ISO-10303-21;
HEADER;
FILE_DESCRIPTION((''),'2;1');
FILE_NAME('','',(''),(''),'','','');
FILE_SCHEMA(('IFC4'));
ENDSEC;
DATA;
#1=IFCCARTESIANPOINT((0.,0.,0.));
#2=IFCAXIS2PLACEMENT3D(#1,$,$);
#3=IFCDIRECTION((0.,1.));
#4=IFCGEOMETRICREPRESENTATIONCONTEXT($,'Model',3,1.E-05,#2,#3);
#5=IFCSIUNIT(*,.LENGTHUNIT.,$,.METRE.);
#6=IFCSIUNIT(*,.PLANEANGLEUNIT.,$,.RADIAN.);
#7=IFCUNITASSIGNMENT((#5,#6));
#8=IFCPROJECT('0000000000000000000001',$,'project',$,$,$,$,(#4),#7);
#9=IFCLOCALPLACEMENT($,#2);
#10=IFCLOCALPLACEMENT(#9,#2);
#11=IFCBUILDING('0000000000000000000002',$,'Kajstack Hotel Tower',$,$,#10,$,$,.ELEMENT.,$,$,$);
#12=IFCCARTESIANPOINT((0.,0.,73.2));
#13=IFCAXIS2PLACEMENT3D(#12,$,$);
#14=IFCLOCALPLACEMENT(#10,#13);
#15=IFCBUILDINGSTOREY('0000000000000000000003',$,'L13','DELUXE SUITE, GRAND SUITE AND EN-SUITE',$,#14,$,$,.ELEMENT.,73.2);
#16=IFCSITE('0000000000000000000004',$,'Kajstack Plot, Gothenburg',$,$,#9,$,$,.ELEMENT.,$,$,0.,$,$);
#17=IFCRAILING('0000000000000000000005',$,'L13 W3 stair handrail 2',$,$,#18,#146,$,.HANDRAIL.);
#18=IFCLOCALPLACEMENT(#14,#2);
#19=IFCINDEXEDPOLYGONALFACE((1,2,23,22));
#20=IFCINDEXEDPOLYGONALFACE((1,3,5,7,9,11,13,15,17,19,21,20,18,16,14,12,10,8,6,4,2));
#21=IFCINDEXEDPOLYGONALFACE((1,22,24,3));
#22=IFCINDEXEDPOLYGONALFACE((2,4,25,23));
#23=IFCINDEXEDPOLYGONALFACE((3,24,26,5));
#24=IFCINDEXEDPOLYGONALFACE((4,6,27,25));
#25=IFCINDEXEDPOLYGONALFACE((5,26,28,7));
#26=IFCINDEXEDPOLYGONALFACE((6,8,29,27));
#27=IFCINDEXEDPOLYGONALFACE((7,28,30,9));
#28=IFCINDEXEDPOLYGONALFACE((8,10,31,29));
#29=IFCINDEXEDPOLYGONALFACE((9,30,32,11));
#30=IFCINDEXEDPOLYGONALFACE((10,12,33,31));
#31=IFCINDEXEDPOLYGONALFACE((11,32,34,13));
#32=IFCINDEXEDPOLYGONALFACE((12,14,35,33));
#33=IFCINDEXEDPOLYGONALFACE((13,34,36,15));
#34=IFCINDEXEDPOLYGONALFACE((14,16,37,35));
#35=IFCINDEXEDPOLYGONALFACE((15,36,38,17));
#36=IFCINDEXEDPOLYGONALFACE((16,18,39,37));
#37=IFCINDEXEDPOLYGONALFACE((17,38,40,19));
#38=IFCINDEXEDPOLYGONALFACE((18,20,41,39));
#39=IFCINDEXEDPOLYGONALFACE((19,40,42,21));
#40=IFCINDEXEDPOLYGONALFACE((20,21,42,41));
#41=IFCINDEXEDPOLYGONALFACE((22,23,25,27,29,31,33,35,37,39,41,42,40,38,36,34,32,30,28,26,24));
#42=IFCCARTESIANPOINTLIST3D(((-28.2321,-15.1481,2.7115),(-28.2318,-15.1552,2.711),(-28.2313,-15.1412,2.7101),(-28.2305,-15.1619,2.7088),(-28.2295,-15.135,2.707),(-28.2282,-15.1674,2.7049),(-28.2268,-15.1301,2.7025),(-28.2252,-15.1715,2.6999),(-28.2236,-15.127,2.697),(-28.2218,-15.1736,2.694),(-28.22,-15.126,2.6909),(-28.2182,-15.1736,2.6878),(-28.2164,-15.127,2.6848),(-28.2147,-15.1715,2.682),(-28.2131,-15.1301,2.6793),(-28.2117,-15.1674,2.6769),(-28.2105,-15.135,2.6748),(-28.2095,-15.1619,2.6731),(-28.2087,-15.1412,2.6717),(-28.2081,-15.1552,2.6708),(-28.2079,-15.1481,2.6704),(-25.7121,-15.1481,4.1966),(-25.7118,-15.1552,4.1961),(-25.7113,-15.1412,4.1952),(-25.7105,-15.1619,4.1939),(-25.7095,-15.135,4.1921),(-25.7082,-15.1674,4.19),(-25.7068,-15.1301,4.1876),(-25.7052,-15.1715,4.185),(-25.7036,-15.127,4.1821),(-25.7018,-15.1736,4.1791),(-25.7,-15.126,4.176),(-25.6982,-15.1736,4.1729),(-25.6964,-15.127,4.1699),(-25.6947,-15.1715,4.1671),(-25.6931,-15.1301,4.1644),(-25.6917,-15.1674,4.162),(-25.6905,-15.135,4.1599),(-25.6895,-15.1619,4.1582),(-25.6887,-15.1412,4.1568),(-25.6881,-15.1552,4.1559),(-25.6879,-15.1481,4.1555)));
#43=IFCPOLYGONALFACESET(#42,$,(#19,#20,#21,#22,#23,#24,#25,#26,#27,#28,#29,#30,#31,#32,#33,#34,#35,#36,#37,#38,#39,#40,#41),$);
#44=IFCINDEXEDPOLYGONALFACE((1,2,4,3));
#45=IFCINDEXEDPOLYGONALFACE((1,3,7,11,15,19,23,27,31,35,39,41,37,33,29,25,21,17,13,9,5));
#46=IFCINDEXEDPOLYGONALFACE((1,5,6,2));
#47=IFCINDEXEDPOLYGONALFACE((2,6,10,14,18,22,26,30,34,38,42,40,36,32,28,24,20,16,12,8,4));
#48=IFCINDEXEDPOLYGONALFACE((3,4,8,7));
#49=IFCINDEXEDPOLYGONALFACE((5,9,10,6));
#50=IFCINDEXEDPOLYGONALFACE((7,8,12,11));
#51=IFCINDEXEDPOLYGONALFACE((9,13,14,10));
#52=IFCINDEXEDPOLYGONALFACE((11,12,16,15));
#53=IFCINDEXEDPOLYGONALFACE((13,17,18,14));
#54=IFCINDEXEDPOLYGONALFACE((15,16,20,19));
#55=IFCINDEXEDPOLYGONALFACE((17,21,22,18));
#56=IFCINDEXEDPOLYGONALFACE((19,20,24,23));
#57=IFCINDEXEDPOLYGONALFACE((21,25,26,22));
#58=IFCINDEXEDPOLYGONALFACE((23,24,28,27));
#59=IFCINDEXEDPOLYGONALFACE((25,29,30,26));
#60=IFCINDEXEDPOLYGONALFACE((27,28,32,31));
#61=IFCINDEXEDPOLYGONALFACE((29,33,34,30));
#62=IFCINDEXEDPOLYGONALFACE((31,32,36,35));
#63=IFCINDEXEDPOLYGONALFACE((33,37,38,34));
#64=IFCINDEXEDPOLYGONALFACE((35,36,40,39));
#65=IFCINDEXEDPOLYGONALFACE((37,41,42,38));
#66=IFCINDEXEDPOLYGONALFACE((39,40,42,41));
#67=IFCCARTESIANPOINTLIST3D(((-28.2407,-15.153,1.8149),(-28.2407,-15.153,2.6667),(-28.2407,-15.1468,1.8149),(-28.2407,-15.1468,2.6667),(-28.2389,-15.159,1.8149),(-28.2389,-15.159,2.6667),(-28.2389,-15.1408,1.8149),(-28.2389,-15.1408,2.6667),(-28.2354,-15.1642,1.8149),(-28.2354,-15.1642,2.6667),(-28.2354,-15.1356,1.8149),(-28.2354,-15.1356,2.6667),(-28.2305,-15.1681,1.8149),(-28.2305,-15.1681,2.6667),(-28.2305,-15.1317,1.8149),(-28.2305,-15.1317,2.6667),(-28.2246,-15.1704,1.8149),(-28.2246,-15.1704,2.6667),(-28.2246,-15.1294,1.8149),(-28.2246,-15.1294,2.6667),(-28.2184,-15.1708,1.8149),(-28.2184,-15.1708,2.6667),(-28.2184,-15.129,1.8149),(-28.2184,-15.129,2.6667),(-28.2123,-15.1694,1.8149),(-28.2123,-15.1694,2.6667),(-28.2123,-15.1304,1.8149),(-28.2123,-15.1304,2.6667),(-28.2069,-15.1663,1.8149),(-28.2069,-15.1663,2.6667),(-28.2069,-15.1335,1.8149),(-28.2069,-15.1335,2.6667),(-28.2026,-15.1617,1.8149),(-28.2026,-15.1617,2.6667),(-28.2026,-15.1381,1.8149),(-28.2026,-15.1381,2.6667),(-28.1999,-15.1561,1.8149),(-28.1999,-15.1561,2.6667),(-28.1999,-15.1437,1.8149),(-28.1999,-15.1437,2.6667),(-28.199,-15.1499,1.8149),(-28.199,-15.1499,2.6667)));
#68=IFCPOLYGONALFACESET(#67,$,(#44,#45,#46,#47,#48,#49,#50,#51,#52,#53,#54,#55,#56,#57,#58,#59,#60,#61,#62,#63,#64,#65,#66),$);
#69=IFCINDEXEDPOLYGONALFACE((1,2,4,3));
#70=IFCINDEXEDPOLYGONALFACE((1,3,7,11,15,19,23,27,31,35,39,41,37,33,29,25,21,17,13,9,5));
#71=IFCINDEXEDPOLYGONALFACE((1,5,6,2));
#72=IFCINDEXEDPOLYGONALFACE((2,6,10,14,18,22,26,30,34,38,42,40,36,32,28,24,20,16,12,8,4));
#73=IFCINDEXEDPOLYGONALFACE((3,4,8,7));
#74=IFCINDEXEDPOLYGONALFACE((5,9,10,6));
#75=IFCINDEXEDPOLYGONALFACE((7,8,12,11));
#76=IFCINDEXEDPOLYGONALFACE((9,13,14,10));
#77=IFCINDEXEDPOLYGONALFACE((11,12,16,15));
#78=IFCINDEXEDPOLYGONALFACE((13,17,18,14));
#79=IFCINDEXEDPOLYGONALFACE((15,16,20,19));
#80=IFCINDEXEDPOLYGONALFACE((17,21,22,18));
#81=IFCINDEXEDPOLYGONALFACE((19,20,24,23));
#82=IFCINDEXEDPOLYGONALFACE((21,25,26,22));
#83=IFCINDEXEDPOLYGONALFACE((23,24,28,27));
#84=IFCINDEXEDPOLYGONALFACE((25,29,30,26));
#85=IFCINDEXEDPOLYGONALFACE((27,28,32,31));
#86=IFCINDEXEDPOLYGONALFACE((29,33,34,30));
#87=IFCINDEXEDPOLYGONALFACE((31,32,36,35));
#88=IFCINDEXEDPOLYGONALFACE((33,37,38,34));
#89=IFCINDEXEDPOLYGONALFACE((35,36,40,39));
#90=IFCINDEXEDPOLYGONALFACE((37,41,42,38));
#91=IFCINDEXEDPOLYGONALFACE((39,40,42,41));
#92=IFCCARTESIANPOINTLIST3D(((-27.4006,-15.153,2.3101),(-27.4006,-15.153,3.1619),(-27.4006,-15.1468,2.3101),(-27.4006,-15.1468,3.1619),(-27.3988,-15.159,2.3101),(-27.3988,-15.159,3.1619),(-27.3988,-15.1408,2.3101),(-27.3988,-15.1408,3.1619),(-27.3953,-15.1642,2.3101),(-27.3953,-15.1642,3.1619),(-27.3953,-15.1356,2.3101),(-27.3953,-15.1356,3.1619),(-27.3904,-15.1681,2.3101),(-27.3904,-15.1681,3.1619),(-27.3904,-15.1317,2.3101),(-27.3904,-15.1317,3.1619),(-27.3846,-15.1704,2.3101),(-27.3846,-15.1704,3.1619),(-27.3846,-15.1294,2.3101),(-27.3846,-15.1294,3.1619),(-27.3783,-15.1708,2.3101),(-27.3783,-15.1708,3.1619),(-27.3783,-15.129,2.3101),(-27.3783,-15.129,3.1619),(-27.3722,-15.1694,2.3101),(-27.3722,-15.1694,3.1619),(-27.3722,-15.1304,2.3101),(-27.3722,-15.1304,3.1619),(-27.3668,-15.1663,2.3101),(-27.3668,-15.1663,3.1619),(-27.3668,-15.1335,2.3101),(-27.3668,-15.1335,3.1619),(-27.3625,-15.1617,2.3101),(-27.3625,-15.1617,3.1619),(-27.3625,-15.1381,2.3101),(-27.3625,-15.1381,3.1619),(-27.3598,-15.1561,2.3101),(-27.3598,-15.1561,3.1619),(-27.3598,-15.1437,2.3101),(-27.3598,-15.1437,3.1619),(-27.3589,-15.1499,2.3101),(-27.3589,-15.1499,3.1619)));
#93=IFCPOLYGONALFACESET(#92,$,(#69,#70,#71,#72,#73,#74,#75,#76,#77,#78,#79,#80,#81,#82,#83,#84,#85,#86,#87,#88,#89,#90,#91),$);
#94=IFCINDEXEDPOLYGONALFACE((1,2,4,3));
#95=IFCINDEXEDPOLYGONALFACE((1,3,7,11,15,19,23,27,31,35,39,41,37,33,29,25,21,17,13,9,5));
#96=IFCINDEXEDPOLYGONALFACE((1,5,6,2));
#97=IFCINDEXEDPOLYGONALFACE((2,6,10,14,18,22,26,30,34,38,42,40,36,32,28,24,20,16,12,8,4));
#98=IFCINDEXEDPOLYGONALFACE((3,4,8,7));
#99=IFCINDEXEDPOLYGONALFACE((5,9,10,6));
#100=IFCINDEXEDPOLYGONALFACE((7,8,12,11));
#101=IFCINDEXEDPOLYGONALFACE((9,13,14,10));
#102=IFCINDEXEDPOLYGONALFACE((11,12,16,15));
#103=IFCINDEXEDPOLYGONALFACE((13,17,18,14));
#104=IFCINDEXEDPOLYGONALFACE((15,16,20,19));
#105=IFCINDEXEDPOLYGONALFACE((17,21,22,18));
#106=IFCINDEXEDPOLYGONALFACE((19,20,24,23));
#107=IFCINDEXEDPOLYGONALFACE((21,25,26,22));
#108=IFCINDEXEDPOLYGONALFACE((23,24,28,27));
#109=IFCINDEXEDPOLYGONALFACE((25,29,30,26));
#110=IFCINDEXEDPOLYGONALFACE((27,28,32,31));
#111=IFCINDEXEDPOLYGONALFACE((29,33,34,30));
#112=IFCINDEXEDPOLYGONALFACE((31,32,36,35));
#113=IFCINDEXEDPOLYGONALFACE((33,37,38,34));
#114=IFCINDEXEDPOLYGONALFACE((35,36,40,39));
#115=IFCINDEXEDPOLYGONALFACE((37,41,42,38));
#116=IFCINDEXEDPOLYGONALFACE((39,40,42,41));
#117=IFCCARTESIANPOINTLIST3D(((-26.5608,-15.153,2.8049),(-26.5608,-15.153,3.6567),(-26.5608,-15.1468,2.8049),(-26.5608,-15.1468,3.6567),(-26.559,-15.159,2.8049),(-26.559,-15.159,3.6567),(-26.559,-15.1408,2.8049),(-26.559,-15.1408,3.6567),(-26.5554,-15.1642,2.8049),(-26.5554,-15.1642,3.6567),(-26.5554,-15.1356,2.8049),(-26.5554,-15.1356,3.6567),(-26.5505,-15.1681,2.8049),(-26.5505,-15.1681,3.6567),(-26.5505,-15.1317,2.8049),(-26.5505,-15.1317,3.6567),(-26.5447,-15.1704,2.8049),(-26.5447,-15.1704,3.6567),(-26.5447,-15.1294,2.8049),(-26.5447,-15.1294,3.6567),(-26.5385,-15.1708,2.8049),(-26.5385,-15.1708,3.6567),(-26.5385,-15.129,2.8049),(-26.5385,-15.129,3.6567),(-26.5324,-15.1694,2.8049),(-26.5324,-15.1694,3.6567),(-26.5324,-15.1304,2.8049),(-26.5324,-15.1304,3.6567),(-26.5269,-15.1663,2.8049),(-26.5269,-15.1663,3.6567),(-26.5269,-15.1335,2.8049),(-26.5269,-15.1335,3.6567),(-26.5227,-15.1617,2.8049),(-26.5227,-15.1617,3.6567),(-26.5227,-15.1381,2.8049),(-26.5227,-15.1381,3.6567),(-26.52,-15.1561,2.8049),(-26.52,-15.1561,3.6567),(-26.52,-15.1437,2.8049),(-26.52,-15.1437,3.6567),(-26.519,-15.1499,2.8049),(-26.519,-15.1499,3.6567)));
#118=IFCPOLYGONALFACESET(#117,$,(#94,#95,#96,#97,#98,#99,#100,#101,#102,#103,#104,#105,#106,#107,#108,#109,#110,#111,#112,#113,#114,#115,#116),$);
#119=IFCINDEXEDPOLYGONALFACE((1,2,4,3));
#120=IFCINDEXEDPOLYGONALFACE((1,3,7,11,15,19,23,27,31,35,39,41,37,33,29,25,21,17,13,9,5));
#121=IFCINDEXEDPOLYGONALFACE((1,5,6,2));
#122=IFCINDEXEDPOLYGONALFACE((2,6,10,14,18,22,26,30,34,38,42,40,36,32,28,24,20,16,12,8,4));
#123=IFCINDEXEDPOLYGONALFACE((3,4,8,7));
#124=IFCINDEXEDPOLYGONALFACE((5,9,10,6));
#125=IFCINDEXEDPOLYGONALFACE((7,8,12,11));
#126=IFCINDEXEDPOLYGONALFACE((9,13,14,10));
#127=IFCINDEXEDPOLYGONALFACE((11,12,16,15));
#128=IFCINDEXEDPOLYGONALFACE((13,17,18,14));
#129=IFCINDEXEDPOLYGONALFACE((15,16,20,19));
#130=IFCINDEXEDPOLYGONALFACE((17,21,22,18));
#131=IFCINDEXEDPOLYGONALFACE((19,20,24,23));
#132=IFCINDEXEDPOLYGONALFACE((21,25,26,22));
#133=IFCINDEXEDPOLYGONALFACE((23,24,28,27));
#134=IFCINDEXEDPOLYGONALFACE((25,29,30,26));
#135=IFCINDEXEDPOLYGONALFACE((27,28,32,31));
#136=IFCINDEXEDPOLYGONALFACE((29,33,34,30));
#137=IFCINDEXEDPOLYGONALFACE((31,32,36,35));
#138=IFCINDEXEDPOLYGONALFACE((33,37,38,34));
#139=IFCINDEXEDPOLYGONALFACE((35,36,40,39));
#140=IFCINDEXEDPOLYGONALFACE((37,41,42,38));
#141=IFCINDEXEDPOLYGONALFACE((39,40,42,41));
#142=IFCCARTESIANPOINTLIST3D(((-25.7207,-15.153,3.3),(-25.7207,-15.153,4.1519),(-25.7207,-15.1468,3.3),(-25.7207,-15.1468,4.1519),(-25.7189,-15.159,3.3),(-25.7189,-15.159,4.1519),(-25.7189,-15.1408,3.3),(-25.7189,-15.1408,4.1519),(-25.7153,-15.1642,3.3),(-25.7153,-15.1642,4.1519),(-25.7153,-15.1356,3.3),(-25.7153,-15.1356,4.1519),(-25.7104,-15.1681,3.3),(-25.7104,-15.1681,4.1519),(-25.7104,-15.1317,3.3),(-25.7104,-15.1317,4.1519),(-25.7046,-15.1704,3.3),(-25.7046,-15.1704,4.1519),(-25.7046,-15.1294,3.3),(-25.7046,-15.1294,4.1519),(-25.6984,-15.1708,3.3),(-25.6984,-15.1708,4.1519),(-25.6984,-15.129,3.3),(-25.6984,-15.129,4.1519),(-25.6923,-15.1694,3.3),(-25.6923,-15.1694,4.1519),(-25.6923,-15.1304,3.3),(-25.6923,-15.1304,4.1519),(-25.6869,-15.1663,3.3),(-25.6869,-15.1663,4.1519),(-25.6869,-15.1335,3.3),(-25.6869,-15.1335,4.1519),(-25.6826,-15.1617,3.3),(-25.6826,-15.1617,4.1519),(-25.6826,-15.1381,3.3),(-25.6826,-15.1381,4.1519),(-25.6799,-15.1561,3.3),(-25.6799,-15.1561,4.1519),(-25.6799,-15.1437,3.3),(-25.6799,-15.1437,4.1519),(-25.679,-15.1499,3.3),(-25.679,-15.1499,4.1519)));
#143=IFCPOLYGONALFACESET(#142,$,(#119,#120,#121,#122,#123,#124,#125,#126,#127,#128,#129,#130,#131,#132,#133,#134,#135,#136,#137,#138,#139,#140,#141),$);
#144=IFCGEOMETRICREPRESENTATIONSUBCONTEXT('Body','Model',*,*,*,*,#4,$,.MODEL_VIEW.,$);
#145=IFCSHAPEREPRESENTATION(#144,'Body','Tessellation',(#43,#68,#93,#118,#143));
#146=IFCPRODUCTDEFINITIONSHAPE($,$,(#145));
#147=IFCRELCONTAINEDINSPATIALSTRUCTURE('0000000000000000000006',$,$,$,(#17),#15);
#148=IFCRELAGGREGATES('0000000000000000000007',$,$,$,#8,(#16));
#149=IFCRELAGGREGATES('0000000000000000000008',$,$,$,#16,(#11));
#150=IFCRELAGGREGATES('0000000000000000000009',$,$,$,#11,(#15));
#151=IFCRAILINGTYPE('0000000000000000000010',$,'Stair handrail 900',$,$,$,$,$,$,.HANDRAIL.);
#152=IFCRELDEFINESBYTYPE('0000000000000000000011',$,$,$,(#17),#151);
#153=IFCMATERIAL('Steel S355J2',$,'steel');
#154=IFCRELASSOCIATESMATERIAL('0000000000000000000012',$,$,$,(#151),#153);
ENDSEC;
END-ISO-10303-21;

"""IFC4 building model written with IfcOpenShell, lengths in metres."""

from ifc_helpers import new_model, si_unit, direction, frame, origin, origin_2d, place, context, subcontext, project, spatial, circle, extrude, material, type_object, element, save


model = new_model("IFC4")

# Units and contexts
model_context = context("Model", 3, precision=1e-05, world=origin(), true_north=direction((0.0, 1.0)))
body_context = subcontext(model_context, "Body", "Model", "MODEL_VIEW")
ifc_project = project(units=[si_unit("LENGTHUNIT", "METRE"), si_unit("PLANEANGLEUNIT", "RADIAN")], contexts=[model_context])

# Site, building, storey
site_placement = place(None, origin())
site = spatial("IfcSite", under=ifc_project, at=site_placement, Name="Kajstack Plot, Gothenburg", CompositionType="ELEMENT", RefElevation=0.0)
building_placement = place(site_placement, origin())
building = spatial("IfcBuilding", under=site, at=building_placement, Name="Kajstack Hotel Tower", CompositionType="ELEMENT")
storey_placement = place(building_placement, frame((0.0, 0.0, 73.2)))
storey = spatial("IfcBuildingStorey", under=building, at=storey_placement, Name="L13", Description="DELUXE SUITE, GRAND SUITE AND EN-SUITE", CompositionType="ELEMENT", Elevation=73.2)

# Railing
ifc_material_1 = material(Name="Steel S355J2", Category="steel")
railing_type = type_object("IfcRailingType", Name="Stair handrail 900", PredefinedType="HANDRAIL", material=ifc_material_1)
railing_placement = place(storey_placement, frame((-28.22, -15.1499, 1.8149)))
element("IfcRailing", 1, at=railing_placement, inside=storey, type_object=railing_type, Name="L13 W3 stair handrail 2", PredefinedType="HANDRAIL", context=body_context, shape_type="SweptSolid", body=[
    extrude(circle(Radius=0.0239, at=origin_2d()), frame((0.0, 0.0, 0.876), z_axis=(0.861524, 0.0, 0.507717), x_axis=(0.0, 1.0, 0.0)), (0.0, 0.0, 1.0), 2.925),
    extrude(circle(Radius=0.021, at=origin_2d()), origin(), (0.0, 0.0, 1.0), 0.8518),
    extrude(circle(Radius=0.021, at=origin_2d()), frame((0.8401, 0.0, 0.4951)), (0.0, 0.0, 1.0), 0.8518),
    extrude(circle(Radius=0.021, at=origin_2d()), frame((1.6799, 0.0, 0.99)), (0.0, 0.0, 1.0), 0.8518),
    extrude(circle(Radius=0.021, at=origin_2d()), frame((2.52, 0.0, 1.4851)), (0.0, 0.0, 1.0), 0.8518),
])

save(model, "model.ifc")
